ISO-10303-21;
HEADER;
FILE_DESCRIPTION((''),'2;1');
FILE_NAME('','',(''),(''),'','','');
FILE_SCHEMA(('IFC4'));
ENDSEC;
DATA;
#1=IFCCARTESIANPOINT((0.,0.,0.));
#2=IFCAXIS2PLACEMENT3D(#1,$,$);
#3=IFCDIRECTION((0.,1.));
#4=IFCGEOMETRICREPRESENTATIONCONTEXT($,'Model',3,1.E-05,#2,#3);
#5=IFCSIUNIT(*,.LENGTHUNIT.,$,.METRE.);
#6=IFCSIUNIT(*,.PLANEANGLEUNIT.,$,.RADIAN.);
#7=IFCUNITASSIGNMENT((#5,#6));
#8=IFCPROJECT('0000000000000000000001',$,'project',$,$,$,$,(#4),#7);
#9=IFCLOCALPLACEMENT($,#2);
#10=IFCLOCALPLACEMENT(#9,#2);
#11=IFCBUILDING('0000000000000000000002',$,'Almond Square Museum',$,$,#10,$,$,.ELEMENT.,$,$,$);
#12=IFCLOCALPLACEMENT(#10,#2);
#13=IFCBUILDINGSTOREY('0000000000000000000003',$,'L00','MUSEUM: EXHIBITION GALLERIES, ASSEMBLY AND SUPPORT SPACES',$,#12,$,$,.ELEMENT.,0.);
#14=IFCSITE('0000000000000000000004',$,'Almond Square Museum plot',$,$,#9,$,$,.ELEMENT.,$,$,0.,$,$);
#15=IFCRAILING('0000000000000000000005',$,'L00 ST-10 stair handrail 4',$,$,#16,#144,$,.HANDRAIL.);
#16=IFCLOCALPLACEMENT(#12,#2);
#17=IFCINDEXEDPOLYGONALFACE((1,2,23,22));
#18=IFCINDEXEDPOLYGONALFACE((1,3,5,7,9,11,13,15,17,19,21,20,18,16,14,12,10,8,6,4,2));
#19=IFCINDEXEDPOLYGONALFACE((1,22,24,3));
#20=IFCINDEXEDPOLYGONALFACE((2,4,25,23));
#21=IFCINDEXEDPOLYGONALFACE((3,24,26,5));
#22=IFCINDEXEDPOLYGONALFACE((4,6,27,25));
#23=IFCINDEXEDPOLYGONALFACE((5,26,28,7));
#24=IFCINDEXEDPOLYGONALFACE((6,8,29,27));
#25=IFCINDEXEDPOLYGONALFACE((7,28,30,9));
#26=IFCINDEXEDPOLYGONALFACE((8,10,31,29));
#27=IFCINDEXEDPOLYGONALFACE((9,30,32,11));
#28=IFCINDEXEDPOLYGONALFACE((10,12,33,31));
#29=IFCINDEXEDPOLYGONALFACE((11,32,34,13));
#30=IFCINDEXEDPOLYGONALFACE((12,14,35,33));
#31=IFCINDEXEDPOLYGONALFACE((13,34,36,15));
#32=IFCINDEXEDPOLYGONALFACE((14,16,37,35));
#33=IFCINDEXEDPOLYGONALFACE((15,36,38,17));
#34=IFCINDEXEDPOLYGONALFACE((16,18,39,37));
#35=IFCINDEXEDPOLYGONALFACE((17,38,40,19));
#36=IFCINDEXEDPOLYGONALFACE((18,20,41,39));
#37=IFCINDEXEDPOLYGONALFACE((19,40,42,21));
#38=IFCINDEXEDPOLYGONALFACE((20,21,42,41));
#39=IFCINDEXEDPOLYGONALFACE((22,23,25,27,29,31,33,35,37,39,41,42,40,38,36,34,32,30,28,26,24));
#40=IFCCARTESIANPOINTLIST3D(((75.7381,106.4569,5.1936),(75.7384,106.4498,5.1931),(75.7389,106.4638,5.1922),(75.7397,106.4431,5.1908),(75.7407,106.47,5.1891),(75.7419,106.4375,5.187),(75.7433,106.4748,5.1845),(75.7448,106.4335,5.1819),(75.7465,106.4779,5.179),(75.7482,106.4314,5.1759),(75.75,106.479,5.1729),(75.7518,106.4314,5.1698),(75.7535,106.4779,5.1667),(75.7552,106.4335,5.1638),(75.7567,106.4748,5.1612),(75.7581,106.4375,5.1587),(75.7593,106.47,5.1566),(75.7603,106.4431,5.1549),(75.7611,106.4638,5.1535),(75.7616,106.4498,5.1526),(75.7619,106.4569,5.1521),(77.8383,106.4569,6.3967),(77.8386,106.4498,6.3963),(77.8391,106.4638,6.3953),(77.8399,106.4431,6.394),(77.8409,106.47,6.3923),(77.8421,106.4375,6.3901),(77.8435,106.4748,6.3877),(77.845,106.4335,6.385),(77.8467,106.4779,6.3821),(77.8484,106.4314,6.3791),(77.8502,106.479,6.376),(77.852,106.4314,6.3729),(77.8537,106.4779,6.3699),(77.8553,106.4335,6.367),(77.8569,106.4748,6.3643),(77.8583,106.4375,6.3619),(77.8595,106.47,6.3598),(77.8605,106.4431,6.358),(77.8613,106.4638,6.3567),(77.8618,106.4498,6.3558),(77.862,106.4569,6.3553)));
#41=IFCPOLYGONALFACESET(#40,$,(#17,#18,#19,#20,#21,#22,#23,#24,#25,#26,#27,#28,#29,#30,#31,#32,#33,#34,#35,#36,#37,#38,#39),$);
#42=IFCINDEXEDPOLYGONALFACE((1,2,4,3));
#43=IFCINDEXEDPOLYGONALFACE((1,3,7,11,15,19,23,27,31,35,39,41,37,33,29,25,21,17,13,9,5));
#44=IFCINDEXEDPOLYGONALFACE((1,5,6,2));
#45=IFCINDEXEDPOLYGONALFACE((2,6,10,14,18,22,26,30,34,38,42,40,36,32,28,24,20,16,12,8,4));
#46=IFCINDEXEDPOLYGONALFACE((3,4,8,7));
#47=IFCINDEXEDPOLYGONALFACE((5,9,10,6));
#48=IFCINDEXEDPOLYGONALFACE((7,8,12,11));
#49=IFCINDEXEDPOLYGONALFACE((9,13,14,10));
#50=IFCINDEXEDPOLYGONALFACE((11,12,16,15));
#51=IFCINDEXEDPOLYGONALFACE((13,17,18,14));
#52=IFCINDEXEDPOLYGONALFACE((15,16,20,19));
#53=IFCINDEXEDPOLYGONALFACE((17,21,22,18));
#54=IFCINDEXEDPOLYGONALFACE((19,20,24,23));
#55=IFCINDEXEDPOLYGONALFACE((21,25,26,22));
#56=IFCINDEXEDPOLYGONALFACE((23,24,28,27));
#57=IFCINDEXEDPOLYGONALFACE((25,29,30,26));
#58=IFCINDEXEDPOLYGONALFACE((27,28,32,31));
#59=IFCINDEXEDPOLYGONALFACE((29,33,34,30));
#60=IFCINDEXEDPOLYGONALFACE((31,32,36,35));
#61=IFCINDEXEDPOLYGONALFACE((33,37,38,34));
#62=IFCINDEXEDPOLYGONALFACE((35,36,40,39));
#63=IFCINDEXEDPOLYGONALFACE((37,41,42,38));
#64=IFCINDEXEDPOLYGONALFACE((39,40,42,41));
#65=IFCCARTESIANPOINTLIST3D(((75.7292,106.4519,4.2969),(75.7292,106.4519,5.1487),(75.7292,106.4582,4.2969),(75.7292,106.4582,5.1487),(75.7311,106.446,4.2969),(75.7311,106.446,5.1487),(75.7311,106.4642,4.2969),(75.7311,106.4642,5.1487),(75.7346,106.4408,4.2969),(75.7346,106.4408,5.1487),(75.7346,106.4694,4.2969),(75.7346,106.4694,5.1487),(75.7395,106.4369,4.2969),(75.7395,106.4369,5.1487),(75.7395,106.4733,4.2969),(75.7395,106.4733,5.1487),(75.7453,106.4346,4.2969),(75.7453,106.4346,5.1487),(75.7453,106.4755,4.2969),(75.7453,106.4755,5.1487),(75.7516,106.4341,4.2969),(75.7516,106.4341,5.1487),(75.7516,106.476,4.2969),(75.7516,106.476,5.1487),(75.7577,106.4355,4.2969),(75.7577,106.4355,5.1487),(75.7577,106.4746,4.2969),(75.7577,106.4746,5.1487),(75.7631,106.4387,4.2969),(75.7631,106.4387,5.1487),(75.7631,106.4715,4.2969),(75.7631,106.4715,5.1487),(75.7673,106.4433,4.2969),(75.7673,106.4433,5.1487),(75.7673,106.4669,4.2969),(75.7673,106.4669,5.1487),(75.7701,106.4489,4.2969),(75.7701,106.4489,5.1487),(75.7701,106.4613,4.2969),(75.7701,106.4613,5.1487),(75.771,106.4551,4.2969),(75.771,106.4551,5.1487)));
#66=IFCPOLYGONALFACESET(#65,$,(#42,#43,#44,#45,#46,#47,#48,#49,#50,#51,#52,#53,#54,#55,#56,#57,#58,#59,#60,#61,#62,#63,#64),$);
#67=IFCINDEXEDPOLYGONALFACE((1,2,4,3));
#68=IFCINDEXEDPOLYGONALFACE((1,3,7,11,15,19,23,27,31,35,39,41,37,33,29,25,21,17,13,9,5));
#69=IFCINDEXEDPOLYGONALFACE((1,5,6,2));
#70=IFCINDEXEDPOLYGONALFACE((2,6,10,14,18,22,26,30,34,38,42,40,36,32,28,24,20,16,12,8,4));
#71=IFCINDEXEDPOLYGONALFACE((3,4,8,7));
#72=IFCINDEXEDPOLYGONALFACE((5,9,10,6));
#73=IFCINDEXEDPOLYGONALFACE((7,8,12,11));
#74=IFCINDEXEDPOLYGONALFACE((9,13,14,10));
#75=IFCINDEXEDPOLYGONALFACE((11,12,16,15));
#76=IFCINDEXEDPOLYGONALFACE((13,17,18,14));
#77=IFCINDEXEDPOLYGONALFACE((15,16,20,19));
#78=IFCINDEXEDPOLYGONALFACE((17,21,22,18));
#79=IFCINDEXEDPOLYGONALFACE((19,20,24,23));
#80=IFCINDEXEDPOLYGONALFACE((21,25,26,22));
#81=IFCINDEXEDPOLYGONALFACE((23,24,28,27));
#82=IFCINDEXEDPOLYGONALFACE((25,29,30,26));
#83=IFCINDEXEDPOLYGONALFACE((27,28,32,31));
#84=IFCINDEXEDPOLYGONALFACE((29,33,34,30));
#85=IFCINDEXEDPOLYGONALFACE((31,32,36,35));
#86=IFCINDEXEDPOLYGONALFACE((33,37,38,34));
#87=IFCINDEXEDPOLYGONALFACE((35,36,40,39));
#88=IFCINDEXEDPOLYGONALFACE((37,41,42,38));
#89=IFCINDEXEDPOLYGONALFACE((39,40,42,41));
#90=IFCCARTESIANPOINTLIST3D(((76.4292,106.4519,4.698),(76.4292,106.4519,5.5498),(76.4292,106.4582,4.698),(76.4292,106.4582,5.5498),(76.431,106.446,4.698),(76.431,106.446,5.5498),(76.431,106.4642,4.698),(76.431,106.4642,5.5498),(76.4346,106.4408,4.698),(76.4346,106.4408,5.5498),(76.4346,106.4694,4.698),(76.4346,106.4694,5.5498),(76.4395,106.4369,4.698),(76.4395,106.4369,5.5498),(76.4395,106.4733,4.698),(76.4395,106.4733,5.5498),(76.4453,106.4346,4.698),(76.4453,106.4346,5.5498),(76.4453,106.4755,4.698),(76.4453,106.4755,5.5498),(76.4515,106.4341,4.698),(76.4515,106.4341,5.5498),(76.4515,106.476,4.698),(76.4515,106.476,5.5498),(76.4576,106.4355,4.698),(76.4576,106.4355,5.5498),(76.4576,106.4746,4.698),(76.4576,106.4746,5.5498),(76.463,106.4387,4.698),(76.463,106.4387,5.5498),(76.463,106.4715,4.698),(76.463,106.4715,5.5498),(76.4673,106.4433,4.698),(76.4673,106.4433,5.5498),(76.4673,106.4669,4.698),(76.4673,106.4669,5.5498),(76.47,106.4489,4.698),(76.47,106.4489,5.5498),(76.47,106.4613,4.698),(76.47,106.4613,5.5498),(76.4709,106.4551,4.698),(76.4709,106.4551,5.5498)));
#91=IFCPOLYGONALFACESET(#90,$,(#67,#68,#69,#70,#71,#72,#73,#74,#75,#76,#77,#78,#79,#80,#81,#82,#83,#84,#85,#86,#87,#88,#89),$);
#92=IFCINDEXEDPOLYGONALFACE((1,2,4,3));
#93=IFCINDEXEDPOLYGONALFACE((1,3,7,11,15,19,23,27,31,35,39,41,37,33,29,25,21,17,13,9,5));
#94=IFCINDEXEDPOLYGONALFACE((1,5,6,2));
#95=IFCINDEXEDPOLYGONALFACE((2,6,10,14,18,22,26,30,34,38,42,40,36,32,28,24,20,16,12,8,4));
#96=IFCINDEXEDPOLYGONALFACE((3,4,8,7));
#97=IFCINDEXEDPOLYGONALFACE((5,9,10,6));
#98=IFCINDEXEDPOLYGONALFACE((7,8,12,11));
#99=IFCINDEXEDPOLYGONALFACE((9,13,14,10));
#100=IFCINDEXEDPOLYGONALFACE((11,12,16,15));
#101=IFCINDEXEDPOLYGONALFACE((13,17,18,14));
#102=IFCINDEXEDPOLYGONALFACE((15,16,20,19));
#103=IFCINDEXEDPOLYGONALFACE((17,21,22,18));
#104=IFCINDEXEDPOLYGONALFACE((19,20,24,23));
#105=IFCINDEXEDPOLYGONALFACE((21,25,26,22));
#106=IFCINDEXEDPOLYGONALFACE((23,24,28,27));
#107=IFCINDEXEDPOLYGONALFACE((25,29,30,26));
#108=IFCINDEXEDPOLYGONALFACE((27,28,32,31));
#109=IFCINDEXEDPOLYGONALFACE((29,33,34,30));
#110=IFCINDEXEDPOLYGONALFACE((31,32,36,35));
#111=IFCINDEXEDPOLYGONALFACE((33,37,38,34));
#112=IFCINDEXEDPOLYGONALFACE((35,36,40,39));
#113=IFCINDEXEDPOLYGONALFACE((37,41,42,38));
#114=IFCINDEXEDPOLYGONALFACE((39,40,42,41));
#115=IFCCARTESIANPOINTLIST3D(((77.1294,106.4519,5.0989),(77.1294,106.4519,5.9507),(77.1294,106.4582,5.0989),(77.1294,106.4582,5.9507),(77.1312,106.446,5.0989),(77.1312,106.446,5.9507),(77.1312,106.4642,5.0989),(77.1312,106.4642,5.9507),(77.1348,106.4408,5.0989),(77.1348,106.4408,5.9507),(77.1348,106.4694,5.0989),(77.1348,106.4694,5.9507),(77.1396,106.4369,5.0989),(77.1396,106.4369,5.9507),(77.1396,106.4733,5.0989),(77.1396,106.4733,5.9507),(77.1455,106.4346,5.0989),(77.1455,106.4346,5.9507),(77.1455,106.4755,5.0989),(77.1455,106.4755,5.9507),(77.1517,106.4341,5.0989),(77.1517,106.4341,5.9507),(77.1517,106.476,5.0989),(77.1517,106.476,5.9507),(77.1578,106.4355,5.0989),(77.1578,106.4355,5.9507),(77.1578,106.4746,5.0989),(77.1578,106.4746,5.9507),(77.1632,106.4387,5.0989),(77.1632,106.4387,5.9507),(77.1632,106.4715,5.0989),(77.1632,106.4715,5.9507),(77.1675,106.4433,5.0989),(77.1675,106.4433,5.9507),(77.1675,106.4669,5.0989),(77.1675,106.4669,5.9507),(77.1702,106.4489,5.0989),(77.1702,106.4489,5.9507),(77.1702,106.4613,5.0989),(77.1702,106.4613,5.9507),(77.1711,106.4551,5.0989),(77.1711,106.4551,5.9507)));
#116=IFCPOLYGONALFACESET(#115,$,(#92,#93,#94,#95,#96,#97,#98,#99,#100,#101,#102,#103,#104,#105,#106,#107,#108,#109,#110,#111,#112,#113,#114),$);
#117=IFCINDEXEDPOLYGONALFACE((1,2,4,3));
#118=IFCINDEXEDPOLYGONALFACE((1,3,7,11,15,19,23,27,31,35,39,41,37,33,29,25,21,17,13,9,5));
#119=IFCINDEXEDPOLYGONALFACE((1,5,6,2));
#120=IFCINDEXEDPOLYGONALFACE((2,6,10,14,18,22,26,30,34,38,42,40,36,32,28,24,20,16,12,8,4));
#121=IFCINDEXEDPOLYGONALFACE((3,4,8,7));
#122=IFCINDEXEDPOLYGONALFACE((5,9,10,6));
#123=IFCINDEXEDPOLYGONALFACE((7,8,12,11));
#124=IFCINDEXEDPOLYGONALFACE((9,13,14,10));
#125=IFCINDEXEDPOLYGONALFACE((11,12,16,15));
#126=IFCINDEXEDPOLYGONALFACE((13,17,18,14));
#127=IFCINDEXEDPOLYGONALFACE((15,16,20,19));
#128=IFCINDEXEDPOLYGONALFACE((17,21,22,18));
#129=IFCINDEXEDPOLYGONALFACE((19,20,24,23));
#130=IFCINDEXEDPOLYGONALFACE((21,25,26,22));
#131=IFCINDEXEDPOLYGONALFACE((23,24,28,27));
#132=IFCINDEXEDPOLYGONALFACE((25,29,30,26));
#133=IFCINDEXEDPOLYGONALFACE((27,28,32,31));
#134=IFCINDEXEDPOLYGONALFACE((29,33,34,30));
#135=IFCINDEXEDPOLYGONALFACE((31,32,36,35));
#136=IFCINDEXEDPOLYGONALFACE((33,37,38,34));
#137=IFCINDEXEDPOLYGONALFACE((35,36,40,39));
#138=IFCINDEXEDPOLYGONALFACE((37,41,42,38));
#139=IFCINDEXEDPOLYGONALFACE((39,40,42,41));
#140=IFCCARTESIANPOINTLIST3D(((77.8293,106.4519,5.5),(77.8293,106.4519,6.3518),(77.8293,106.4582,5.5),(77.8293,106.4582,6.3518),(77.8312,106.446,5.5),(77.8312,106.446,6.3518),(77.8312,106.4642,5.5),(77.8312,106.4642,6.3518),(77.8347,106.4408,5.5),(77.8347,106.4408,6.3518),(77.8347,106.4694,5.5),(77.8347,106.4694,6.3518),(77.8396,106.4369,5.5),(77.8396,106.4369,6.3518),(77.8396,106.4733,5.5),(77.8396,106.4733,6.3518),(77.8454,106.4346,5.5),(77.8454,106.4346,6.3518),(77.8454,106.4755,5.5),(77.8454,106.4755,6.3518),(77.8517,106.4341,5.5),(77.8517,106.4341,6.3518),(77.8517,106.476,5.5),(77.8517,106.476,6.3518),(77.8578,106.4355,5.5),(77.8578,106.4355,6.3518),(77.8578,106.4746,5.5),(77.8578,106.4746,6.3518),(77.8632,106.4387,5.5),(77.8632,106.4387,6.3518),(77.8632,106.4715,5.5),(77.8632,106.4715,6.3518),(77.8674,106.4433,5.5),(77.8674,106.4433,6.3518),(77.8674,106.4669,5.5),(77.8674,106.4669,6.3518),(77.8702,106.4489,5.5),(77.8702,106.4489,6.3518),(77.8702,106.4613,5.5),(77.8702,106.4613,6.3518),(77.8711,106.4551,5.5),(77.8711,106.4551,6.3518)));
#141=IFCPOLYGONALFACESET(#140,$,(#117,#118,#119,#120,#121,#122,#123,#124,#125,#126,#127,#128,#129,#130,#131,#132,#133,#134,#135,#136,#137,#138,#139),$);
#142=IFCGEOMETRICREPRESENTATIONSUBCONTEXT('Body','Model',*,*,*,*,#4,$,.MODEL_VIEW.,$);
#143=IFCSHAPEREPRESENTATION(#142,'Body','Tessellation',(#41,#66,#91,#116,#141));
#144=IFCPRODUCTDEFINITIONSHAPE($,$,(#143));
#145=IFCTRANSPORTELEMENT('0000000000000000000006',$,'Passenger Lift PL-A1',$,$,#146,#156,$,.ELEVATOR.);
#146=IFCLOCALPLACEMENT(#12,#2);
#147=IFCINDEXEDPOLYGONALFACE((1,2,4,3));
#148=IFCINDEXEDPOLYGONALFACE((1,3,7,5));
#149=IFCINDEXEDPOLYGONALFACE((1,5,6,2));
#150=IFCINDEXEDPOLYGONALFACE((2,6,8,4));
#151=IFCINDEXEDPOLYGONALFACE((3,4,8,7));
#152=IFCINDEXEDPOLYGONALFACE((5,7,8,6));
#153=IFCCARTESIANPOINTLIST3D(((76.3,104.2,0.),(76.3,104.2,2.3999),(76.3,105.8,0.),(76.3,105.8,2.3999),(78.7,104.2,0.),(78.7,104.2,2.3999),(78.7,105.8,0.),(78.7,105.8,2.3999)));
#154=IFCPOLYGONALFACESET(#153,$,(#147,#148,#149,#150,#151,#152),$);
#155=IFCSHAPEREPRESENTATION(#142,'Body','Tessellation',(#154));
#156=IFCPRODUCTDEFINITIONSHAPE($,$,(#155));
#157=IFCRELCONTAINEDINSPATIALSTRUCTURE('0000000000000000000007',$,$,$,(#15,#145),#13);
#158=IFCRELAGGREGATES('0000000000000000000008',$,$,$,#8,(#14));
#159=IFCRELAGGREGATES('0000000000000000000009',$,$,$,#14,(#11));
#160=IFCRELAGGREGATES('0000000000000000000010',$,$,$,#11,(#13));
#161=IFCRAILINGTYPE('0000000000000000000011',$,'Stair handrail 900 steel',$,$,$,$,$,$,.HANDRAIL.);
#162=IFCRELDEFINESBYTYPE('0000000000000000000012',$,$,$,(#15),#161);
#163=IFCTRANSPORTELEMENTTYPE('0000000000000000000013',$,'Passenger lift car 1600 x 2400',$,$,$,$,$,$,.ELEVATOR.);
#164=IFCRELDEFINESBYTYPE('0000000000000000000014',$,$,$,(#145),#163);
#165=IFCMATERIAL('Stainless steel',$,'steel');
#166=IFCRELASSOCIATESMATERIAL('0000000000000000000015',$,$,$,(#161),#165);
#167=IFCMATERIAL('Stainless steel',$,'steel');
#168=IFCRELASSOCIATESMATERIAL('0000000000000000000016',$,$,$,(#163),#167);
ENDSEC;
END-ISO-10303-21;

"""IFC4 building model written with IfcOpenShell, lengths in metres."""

from ifc_helpers import new_model, si_unit, direction, frame, origin, origin_2d, place, context, subcontext, project, spatial, rectangle, circle, extrude, material, type_object, element, save


model = new_model("IFC4")

# Units and contexts
model_context = context("Model", 3, precision=1e-05, world=origin(), true_north=direction((0.0, 1.0)))
body_context = subcontext(model_context, "Body", "Model", "MODEL_VIEW")
ifc_project = project(units=[si_unit("LENGTHUNIT", "METRE"), si_unit("PLANEANGLEUNIT", "RADIAN")], contexts=[model_context])

# Site, building, storey
site_placement = place(None, origin())
site = spatial("IfcSite", under=ifc_project, at=site_placement, Name="Almond Square Museum plot", CompositionType="ELEMENT", RefElevation=0.0)
building_placement = place(site_placement, origin())
building = spatial("IfcBuilding", under=site, at=building_placement, Name="Almond Square Museum", CompositionType="ELEMENT")
storey_placement = place(building_placement, origin())
storey = spatial("IfcBuildingStorey", under=building, at=storey_placement, Name="L00", Description="MUSEUM: EXHIBITION GALLERIES, ASSEMBLY AND SUPPORT SPACES", CompositionType="ELEMENT", Elevation=0.0)

# Railing
ifc_material_1 = material(Name="Stainless steel", Category="steel")
railing_type_1 = type_object("IfcRailingType", Name="Stair handrail 900 steel", PredefinedType="HANDRAIL", material=ifc_material_1)
for number, where, name in (
    (1, (75.75, 106.4551, 4.2969), "L00 ST-10 stair handrail 4"),
):
    element("IfcRailing", number, at=place(storey_placement, frame(where)), inside=storey, type_object=railing_type_1, Name=name, PredefinedType="HANDRAIL", context=body_context, shape_type="SweptSolid", body=[
        extrude(circle(Radius=0.0239, at=origin_2d()), frame((0.0, 0.0, 0.876), z_axis=(0.867696, 0.0, 0.497095), x_axis=(0.0, 1.0, 0.0)), (0.0, 0.0, 1.0), 2.4204),
        extrude(circle(Radius=0.021, at=origin_2d()), origin(), (0.0, 0.0, 1.0), 0.8518),
        extrude(circle(Radius=0.021, at=origin_2d()), frame((0.7, 0.0, 0.4011)), (0.0, 0.0, 1.0), 0.8518),
        extrude(circle(Radius=0.021, at=origin_2d()), frame((1.4001, 0.0, 0.802)), (0.0, 0.0, 1.0), 0.8518),
        extrude(circle(Radius=0.021, at=origin_2d()), frame((2.1001, 0.0, 1.2031)), (0.0, 0.0, 1.0), 0.8518),
    ])

# Transport element
ifc_material_2 = material(Name="Stainless steel", Category="steel")
transport_element_type = type_object("IfcTransportElementType", Name="Passenger lift car 1600 x 2400", PredefinedType="ELEVATOR", material=ifc_material_2)
transport_element_placement = place(storey_placement, frame((77.5, 105.0, 0.0), z_axis=(0.0, 0.0, 1.0), x_axis=(1.0, 0.0, 0.0)))
element("IfcTransportElement", 2, at=transport_element_placement, inside=storey, type_object=transport_element_type, Name="Passenger Lift PL-A1", PredefinedType="ELEVATOR", context=body_context, shape_type="SweptSolid", body=[
    extrude(rectangle(XDim=2.3999, YDim=1.6001, at=origin_2d()), origin(), (0.0, 0.0, 1.0), 2.3999),
])

save(model, "model.ifc")
